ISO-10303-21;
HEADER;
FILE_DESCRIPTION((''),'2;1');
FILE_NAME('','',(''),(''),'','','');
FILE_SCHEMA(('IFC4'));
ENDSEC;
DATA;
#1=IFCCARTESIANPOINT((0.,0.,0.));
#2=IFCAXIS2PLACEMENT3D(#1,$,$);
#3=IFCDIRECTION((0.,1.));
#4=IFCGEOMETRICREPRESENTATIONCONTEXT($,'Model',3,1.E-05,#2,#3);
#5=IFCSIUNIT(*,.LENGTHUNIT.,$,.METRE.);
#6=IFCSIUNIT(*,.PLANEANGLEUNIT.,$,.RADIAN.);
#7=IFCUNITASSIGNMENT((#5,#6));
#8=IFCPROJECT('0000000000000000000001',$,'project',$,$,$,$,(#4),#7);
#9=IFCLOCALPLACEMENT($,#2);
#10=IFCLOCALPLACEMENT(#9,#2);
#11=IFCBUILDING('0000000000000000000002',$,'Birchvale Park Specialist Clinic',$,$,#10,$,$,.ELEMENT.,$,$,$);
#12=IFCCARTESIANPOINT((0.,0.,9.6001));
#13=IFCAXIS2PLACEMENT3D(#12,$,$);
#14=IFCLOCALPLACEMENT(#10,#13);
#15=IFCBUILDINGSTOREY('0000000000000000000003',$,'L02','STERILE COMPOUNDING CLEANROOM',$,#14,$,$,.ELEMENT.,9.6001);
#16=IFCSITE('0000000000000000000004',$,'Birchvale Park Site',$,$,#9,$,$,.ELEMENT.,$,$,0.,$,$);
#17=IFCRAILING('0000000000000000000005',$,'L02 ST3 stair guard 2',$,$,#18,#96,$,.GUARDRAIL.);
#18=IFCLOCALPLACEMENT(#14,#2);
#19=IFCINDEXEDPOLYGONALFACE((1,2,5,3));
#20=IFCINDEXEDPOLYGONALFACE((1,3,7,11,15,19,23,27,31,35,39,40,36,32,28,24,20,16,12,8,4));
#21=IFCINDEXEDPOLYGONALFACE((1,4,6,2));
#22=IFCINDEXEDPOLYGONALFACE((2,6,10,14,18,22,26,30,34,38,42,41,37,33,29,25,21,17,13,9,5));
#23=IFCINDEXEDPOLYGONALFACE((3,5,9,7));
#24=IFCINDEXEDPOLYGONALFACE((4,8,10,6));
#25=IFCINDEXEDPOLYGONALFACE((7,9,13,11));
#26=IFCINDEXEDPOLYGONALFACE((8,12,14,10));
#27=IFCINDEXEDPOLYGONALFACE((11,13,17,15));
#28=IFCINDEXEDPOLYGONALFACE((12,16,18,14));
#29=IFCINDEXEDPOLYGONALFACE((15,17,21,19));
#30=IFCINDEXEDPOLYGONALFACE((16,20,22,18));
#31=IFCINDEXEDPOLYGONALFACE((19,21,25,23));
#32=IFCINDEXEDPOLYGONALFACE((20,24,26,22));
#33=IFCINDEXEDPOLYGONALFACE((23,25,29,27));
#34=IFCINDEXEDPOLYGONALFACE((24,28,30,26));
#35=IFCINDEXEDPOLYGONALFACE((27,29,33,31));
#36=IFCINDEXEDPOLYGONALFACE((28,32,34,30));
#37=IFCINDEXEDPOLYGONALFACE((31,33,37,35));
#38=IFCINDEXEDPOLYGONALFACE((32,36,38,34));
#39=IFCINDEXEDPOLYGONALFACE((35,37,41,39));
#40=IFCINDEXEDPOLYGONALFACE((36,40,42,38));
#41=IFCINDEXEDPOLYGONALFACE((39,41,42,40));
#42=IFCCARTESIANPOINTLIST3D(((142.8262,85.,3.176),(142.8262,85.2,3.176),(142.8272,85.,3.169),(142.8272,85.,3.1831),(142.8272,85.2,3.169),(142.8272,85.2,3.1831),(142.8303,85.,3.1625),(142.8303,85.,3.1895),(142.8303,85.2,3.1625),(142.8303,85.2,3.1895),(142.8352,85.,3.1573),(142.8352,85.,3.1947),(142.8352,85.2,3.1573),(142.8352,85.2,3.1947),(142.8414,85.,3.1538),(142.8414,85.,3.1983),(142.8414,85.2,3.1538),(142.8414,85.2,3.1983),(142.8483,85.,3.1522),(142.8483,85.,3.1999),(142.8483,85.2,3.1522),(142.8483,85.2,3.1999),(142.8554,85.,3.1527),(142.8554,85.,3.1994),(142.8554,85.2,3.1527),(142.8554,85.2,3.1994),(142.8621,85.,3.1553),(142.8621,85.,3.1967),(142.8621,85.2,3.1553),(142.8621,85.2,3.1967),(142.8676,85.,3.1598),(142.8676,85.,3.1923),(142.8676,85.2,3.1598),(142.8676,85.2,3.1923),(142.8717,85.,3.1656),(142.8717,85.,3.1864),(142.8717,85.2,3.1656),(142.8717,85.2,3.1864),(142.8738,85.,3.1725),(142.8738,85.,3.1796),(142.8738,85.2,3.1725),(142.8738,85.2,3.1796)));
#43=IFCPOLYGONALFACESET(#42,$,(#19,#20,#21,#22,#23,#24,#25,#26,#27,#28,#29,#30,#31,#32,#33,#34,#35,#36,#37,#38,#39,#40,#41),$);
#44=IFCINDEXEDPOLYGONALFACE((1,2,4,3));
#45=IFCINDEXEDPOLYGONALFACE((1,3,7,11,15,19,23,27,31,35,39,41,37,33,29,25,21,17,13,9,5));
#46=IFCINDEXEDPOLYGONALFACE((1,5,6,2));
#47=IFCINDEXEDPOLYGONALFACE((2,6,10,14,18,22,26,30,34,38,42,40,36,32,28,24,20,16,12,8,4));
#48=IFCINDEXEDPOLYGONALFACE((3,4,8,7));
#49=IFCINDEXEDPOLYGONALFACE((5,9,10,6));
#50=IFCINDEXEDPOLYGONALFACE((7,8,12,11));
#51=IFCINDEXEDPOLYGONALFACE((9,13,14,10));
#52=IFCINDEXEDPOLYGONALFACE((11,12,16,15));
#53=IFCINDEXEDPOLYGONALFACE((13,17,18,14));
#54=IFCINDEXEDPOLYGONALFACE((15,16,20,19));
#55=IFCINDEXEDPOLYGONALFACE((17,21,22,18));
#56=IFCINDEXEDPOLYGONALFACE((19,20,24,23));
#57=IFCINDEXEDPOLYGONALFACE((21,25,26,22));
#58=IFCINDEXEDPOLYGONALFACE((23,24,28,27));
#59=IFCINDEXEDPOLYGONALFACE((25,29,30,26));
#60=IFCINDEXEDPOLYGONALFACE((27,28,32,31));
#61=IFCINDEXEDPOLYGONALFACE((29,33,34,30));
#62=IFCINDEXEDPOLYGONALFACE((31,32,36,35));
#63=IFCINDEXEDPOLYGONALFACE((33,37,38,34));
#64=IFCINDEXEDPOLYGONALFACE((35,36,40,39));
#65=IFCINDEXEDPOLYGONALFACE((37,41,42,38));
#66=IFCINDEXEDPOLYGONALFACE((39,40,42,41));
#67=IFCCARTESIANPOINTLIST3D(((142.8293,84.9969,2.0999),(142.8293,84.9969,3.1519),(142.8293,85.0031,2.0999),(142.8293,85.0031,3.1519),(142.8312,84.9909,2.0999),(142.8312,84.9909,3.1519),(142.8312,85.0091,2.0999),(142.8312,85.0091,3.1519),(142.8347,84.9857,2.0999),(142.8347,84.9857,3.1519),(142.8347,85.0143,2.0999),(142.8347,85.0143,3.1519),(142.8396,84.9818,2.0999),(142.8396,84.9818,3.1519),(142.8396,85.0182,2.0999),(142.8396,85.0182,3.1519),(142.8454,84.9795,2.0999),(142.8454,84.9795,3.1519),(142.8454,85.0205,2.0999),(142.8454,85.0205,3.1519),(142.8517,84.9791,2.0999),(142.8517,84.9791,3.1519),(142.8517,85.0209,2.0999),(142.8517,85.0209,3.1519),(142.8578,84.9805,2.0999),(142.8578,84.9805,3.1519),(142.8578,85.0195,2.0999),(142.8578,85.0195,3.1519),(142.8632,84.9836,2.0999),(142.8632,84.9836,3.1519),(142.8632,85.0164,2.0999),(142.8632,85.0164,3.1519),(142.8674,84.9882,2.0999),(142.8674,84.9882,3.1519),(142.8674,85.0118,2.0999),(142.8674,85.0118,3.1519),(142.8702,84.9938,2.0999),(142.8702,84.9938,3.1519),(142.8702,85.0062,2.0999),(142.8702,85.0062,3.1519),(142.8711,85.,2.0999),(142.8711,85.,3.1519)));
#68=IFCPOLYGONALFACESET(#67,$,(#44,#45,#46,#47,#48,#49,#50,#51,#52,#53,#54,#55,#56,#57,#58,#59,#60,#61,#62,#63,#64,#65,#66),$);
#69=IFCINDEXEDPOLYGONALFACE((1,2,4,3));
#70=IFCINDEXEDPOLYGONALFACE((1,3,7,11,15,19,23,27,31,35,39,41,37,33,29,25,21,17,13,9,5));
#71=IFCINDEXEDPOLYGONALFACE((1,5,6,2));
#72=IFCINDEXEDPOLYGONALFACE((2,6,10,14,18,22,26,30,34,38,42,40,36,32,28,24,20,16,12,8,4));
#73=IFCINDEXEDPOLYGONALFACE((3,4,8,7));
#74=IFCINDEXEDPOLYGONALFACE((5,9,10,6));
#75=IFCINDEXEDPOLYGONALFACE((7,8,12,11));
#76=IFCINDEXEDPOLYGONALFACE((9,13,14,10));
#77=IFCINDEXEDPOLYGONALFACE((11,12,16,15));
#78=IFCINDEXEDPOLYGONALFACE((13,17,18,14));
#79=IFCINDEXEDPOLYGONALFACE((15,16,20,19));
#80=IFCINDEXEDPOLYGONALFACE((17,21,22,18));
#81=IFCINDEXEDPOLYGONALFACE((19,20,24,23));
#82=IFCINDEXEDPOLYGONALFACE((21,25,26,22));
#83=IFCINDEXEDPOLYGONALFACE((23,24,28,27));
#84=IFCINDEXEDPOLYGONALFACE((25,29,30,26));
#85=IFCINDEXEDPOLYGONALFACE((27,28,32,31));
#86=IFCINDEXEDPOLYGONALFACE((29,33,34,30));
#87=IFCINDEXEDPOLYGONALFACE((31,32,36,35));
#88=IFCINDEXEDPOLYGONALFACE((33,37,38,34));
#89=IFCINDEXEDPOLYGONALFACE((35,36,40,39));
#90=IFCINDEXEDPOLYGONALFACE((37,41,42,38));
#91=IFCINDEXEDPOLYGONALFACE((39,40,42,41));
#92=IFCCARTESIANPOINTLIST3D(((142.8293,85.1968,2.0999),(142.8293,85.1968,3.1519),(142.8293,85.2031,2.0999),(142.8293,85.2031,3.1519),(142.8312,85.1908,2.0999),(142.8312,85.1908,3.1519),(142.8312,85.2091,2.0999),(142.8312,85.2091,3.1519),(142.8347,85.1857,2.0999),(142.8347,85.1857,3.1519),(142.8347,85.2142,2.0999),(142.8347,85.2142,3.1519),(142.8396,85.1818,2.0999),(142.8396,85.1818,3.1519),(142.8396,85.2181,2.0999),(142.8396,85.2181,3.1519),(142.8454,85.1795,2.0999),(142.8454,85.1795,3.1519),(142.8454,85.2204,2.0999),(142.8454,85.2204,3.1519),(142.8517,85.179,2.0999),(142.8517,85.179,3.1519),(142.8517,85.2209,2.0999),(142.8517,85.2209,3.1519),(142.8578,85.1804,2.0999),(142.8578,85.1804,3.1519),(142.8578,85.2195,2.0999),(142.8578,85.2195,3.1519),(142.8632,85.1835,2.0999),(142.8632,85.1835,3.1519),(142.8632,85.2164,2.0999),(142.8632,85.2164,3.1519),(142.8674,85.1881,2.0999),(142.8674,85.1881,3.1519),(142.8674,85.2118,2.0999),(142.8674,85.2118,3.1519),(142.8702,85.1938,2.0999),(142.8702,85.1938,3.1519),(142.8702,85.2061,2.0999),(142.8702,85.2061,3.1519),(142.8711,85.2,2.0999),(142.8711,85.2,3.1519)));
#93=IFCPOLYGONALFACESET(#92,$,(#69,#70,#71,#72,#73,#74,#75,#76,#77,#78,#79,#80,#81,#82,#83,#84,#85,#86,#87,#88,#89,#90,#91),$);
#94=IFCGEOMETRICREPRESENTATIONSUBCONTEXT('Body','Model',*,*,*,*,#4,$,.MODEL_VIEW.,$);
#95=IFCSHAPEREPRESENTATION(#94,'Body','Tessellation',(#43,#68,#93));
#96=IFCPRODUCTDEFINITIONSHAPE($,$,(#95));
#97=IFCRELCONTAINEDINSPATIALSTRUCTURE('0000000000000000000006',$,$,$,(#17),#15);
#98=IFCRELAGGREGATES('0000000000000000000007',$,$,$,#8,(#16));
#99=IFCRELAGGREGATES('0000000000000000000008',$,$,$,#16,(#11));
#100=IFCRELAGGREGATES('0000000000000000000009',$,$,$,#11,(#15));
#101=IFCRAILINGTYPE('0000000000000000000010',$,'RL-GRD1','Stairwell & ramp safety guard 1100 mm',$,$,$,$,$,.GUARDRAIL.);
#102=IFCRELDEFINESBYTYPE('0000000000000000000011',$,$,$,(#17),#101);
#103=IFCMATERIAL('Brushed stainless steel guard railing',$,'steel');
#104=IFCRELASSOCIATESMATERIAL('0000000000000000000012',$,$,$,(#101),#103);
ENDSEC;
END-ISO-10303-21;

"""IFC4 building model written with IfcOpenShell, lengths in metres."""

from ifc_helpers import new_model, si_unit, direction, frame, origin, origin_2d, place, context, subcontext, project, spatial, circle, extrude, material, type_object, element, save


model = new_model("IFC4")

# Units and contexts
model_context = context("Model", 3, precision=1e-05, world=origin(), true_north=direction((0.0, 1.0)))
body_context = subcontext(model_context, "Body", "Model", "MODEL_VIEW")
ifc_project = project(units=[si_unit("LENGTHUNIT", "METRE"), si_unit("PLANEANGLEUNIT", "RADIAN")], contexts=[model_context])

# Site, building, storey
site_placement = place(None, origin())
site = spatial("IfcSite", under=ifc_project, at=site_placement, Name="Birchvale Park Site", CompositionType="ELEMENT", RefElevation=0.0)
building_placement = place(site_placement, origin())
building = spatial("IfcBuilding", under=site, at=building_placement, Name="Birchvale Park Specialist Clinic", CompositionType="ELEMENT")
storey_placement = place(building_placement, frame((0.0, 0.0, 9.6001)))
storey = spatial("IfcBuildingStorey", under=building, at=storey_placement, Name="L02", Description="STERILE COMPOUNDING CLEANROOM", CompositionType="ELEMENT", Elevation=9.6001)

# Railing
ifc_material_1 = material(Name="Brushed stainless steel guard railing", Category="steel")
railing_type_1 = type_object("IfcRailingType", Name="RL-GRD1", Description="Stairwell & ramp safety guard 1100 mm", PredefinedType="GUARDRAIL", material=ifc_material_1)
railing_1_placement = place(storey_placement, frame((142.8501, 85.0, 2.0999)))
element("IfcRailing", 1, at=railing_1_placement, inside=storey, type_object=railing_type_1, Name="L02 ST3 stair guard 2", PredefinedType="GUARDRAIL", context=body_context, shape_type="SweptSolid", body=[
    extrude(circle(Radius=0.0239, at=origin_2d()), frame((0.0, 0.0, 1.0762), z_axis=(0.0, 1.0, 0.0), x_axis=(-1.0, 0.0, 0.0)), (0.0, 0.0, 1.0), 0.2),
    extrude(circle(Radius=0.021, at=origin_2d()), origin(), (0.0, 0.0, 1.0), 1.052),
    extrude(circle(Radius=0.021, at=origin_2d()), frame((0.0, 0.2, 0.0)), (0.0, 0.0, 1.0), 1.052),
])

save(model, "model.ifc")
